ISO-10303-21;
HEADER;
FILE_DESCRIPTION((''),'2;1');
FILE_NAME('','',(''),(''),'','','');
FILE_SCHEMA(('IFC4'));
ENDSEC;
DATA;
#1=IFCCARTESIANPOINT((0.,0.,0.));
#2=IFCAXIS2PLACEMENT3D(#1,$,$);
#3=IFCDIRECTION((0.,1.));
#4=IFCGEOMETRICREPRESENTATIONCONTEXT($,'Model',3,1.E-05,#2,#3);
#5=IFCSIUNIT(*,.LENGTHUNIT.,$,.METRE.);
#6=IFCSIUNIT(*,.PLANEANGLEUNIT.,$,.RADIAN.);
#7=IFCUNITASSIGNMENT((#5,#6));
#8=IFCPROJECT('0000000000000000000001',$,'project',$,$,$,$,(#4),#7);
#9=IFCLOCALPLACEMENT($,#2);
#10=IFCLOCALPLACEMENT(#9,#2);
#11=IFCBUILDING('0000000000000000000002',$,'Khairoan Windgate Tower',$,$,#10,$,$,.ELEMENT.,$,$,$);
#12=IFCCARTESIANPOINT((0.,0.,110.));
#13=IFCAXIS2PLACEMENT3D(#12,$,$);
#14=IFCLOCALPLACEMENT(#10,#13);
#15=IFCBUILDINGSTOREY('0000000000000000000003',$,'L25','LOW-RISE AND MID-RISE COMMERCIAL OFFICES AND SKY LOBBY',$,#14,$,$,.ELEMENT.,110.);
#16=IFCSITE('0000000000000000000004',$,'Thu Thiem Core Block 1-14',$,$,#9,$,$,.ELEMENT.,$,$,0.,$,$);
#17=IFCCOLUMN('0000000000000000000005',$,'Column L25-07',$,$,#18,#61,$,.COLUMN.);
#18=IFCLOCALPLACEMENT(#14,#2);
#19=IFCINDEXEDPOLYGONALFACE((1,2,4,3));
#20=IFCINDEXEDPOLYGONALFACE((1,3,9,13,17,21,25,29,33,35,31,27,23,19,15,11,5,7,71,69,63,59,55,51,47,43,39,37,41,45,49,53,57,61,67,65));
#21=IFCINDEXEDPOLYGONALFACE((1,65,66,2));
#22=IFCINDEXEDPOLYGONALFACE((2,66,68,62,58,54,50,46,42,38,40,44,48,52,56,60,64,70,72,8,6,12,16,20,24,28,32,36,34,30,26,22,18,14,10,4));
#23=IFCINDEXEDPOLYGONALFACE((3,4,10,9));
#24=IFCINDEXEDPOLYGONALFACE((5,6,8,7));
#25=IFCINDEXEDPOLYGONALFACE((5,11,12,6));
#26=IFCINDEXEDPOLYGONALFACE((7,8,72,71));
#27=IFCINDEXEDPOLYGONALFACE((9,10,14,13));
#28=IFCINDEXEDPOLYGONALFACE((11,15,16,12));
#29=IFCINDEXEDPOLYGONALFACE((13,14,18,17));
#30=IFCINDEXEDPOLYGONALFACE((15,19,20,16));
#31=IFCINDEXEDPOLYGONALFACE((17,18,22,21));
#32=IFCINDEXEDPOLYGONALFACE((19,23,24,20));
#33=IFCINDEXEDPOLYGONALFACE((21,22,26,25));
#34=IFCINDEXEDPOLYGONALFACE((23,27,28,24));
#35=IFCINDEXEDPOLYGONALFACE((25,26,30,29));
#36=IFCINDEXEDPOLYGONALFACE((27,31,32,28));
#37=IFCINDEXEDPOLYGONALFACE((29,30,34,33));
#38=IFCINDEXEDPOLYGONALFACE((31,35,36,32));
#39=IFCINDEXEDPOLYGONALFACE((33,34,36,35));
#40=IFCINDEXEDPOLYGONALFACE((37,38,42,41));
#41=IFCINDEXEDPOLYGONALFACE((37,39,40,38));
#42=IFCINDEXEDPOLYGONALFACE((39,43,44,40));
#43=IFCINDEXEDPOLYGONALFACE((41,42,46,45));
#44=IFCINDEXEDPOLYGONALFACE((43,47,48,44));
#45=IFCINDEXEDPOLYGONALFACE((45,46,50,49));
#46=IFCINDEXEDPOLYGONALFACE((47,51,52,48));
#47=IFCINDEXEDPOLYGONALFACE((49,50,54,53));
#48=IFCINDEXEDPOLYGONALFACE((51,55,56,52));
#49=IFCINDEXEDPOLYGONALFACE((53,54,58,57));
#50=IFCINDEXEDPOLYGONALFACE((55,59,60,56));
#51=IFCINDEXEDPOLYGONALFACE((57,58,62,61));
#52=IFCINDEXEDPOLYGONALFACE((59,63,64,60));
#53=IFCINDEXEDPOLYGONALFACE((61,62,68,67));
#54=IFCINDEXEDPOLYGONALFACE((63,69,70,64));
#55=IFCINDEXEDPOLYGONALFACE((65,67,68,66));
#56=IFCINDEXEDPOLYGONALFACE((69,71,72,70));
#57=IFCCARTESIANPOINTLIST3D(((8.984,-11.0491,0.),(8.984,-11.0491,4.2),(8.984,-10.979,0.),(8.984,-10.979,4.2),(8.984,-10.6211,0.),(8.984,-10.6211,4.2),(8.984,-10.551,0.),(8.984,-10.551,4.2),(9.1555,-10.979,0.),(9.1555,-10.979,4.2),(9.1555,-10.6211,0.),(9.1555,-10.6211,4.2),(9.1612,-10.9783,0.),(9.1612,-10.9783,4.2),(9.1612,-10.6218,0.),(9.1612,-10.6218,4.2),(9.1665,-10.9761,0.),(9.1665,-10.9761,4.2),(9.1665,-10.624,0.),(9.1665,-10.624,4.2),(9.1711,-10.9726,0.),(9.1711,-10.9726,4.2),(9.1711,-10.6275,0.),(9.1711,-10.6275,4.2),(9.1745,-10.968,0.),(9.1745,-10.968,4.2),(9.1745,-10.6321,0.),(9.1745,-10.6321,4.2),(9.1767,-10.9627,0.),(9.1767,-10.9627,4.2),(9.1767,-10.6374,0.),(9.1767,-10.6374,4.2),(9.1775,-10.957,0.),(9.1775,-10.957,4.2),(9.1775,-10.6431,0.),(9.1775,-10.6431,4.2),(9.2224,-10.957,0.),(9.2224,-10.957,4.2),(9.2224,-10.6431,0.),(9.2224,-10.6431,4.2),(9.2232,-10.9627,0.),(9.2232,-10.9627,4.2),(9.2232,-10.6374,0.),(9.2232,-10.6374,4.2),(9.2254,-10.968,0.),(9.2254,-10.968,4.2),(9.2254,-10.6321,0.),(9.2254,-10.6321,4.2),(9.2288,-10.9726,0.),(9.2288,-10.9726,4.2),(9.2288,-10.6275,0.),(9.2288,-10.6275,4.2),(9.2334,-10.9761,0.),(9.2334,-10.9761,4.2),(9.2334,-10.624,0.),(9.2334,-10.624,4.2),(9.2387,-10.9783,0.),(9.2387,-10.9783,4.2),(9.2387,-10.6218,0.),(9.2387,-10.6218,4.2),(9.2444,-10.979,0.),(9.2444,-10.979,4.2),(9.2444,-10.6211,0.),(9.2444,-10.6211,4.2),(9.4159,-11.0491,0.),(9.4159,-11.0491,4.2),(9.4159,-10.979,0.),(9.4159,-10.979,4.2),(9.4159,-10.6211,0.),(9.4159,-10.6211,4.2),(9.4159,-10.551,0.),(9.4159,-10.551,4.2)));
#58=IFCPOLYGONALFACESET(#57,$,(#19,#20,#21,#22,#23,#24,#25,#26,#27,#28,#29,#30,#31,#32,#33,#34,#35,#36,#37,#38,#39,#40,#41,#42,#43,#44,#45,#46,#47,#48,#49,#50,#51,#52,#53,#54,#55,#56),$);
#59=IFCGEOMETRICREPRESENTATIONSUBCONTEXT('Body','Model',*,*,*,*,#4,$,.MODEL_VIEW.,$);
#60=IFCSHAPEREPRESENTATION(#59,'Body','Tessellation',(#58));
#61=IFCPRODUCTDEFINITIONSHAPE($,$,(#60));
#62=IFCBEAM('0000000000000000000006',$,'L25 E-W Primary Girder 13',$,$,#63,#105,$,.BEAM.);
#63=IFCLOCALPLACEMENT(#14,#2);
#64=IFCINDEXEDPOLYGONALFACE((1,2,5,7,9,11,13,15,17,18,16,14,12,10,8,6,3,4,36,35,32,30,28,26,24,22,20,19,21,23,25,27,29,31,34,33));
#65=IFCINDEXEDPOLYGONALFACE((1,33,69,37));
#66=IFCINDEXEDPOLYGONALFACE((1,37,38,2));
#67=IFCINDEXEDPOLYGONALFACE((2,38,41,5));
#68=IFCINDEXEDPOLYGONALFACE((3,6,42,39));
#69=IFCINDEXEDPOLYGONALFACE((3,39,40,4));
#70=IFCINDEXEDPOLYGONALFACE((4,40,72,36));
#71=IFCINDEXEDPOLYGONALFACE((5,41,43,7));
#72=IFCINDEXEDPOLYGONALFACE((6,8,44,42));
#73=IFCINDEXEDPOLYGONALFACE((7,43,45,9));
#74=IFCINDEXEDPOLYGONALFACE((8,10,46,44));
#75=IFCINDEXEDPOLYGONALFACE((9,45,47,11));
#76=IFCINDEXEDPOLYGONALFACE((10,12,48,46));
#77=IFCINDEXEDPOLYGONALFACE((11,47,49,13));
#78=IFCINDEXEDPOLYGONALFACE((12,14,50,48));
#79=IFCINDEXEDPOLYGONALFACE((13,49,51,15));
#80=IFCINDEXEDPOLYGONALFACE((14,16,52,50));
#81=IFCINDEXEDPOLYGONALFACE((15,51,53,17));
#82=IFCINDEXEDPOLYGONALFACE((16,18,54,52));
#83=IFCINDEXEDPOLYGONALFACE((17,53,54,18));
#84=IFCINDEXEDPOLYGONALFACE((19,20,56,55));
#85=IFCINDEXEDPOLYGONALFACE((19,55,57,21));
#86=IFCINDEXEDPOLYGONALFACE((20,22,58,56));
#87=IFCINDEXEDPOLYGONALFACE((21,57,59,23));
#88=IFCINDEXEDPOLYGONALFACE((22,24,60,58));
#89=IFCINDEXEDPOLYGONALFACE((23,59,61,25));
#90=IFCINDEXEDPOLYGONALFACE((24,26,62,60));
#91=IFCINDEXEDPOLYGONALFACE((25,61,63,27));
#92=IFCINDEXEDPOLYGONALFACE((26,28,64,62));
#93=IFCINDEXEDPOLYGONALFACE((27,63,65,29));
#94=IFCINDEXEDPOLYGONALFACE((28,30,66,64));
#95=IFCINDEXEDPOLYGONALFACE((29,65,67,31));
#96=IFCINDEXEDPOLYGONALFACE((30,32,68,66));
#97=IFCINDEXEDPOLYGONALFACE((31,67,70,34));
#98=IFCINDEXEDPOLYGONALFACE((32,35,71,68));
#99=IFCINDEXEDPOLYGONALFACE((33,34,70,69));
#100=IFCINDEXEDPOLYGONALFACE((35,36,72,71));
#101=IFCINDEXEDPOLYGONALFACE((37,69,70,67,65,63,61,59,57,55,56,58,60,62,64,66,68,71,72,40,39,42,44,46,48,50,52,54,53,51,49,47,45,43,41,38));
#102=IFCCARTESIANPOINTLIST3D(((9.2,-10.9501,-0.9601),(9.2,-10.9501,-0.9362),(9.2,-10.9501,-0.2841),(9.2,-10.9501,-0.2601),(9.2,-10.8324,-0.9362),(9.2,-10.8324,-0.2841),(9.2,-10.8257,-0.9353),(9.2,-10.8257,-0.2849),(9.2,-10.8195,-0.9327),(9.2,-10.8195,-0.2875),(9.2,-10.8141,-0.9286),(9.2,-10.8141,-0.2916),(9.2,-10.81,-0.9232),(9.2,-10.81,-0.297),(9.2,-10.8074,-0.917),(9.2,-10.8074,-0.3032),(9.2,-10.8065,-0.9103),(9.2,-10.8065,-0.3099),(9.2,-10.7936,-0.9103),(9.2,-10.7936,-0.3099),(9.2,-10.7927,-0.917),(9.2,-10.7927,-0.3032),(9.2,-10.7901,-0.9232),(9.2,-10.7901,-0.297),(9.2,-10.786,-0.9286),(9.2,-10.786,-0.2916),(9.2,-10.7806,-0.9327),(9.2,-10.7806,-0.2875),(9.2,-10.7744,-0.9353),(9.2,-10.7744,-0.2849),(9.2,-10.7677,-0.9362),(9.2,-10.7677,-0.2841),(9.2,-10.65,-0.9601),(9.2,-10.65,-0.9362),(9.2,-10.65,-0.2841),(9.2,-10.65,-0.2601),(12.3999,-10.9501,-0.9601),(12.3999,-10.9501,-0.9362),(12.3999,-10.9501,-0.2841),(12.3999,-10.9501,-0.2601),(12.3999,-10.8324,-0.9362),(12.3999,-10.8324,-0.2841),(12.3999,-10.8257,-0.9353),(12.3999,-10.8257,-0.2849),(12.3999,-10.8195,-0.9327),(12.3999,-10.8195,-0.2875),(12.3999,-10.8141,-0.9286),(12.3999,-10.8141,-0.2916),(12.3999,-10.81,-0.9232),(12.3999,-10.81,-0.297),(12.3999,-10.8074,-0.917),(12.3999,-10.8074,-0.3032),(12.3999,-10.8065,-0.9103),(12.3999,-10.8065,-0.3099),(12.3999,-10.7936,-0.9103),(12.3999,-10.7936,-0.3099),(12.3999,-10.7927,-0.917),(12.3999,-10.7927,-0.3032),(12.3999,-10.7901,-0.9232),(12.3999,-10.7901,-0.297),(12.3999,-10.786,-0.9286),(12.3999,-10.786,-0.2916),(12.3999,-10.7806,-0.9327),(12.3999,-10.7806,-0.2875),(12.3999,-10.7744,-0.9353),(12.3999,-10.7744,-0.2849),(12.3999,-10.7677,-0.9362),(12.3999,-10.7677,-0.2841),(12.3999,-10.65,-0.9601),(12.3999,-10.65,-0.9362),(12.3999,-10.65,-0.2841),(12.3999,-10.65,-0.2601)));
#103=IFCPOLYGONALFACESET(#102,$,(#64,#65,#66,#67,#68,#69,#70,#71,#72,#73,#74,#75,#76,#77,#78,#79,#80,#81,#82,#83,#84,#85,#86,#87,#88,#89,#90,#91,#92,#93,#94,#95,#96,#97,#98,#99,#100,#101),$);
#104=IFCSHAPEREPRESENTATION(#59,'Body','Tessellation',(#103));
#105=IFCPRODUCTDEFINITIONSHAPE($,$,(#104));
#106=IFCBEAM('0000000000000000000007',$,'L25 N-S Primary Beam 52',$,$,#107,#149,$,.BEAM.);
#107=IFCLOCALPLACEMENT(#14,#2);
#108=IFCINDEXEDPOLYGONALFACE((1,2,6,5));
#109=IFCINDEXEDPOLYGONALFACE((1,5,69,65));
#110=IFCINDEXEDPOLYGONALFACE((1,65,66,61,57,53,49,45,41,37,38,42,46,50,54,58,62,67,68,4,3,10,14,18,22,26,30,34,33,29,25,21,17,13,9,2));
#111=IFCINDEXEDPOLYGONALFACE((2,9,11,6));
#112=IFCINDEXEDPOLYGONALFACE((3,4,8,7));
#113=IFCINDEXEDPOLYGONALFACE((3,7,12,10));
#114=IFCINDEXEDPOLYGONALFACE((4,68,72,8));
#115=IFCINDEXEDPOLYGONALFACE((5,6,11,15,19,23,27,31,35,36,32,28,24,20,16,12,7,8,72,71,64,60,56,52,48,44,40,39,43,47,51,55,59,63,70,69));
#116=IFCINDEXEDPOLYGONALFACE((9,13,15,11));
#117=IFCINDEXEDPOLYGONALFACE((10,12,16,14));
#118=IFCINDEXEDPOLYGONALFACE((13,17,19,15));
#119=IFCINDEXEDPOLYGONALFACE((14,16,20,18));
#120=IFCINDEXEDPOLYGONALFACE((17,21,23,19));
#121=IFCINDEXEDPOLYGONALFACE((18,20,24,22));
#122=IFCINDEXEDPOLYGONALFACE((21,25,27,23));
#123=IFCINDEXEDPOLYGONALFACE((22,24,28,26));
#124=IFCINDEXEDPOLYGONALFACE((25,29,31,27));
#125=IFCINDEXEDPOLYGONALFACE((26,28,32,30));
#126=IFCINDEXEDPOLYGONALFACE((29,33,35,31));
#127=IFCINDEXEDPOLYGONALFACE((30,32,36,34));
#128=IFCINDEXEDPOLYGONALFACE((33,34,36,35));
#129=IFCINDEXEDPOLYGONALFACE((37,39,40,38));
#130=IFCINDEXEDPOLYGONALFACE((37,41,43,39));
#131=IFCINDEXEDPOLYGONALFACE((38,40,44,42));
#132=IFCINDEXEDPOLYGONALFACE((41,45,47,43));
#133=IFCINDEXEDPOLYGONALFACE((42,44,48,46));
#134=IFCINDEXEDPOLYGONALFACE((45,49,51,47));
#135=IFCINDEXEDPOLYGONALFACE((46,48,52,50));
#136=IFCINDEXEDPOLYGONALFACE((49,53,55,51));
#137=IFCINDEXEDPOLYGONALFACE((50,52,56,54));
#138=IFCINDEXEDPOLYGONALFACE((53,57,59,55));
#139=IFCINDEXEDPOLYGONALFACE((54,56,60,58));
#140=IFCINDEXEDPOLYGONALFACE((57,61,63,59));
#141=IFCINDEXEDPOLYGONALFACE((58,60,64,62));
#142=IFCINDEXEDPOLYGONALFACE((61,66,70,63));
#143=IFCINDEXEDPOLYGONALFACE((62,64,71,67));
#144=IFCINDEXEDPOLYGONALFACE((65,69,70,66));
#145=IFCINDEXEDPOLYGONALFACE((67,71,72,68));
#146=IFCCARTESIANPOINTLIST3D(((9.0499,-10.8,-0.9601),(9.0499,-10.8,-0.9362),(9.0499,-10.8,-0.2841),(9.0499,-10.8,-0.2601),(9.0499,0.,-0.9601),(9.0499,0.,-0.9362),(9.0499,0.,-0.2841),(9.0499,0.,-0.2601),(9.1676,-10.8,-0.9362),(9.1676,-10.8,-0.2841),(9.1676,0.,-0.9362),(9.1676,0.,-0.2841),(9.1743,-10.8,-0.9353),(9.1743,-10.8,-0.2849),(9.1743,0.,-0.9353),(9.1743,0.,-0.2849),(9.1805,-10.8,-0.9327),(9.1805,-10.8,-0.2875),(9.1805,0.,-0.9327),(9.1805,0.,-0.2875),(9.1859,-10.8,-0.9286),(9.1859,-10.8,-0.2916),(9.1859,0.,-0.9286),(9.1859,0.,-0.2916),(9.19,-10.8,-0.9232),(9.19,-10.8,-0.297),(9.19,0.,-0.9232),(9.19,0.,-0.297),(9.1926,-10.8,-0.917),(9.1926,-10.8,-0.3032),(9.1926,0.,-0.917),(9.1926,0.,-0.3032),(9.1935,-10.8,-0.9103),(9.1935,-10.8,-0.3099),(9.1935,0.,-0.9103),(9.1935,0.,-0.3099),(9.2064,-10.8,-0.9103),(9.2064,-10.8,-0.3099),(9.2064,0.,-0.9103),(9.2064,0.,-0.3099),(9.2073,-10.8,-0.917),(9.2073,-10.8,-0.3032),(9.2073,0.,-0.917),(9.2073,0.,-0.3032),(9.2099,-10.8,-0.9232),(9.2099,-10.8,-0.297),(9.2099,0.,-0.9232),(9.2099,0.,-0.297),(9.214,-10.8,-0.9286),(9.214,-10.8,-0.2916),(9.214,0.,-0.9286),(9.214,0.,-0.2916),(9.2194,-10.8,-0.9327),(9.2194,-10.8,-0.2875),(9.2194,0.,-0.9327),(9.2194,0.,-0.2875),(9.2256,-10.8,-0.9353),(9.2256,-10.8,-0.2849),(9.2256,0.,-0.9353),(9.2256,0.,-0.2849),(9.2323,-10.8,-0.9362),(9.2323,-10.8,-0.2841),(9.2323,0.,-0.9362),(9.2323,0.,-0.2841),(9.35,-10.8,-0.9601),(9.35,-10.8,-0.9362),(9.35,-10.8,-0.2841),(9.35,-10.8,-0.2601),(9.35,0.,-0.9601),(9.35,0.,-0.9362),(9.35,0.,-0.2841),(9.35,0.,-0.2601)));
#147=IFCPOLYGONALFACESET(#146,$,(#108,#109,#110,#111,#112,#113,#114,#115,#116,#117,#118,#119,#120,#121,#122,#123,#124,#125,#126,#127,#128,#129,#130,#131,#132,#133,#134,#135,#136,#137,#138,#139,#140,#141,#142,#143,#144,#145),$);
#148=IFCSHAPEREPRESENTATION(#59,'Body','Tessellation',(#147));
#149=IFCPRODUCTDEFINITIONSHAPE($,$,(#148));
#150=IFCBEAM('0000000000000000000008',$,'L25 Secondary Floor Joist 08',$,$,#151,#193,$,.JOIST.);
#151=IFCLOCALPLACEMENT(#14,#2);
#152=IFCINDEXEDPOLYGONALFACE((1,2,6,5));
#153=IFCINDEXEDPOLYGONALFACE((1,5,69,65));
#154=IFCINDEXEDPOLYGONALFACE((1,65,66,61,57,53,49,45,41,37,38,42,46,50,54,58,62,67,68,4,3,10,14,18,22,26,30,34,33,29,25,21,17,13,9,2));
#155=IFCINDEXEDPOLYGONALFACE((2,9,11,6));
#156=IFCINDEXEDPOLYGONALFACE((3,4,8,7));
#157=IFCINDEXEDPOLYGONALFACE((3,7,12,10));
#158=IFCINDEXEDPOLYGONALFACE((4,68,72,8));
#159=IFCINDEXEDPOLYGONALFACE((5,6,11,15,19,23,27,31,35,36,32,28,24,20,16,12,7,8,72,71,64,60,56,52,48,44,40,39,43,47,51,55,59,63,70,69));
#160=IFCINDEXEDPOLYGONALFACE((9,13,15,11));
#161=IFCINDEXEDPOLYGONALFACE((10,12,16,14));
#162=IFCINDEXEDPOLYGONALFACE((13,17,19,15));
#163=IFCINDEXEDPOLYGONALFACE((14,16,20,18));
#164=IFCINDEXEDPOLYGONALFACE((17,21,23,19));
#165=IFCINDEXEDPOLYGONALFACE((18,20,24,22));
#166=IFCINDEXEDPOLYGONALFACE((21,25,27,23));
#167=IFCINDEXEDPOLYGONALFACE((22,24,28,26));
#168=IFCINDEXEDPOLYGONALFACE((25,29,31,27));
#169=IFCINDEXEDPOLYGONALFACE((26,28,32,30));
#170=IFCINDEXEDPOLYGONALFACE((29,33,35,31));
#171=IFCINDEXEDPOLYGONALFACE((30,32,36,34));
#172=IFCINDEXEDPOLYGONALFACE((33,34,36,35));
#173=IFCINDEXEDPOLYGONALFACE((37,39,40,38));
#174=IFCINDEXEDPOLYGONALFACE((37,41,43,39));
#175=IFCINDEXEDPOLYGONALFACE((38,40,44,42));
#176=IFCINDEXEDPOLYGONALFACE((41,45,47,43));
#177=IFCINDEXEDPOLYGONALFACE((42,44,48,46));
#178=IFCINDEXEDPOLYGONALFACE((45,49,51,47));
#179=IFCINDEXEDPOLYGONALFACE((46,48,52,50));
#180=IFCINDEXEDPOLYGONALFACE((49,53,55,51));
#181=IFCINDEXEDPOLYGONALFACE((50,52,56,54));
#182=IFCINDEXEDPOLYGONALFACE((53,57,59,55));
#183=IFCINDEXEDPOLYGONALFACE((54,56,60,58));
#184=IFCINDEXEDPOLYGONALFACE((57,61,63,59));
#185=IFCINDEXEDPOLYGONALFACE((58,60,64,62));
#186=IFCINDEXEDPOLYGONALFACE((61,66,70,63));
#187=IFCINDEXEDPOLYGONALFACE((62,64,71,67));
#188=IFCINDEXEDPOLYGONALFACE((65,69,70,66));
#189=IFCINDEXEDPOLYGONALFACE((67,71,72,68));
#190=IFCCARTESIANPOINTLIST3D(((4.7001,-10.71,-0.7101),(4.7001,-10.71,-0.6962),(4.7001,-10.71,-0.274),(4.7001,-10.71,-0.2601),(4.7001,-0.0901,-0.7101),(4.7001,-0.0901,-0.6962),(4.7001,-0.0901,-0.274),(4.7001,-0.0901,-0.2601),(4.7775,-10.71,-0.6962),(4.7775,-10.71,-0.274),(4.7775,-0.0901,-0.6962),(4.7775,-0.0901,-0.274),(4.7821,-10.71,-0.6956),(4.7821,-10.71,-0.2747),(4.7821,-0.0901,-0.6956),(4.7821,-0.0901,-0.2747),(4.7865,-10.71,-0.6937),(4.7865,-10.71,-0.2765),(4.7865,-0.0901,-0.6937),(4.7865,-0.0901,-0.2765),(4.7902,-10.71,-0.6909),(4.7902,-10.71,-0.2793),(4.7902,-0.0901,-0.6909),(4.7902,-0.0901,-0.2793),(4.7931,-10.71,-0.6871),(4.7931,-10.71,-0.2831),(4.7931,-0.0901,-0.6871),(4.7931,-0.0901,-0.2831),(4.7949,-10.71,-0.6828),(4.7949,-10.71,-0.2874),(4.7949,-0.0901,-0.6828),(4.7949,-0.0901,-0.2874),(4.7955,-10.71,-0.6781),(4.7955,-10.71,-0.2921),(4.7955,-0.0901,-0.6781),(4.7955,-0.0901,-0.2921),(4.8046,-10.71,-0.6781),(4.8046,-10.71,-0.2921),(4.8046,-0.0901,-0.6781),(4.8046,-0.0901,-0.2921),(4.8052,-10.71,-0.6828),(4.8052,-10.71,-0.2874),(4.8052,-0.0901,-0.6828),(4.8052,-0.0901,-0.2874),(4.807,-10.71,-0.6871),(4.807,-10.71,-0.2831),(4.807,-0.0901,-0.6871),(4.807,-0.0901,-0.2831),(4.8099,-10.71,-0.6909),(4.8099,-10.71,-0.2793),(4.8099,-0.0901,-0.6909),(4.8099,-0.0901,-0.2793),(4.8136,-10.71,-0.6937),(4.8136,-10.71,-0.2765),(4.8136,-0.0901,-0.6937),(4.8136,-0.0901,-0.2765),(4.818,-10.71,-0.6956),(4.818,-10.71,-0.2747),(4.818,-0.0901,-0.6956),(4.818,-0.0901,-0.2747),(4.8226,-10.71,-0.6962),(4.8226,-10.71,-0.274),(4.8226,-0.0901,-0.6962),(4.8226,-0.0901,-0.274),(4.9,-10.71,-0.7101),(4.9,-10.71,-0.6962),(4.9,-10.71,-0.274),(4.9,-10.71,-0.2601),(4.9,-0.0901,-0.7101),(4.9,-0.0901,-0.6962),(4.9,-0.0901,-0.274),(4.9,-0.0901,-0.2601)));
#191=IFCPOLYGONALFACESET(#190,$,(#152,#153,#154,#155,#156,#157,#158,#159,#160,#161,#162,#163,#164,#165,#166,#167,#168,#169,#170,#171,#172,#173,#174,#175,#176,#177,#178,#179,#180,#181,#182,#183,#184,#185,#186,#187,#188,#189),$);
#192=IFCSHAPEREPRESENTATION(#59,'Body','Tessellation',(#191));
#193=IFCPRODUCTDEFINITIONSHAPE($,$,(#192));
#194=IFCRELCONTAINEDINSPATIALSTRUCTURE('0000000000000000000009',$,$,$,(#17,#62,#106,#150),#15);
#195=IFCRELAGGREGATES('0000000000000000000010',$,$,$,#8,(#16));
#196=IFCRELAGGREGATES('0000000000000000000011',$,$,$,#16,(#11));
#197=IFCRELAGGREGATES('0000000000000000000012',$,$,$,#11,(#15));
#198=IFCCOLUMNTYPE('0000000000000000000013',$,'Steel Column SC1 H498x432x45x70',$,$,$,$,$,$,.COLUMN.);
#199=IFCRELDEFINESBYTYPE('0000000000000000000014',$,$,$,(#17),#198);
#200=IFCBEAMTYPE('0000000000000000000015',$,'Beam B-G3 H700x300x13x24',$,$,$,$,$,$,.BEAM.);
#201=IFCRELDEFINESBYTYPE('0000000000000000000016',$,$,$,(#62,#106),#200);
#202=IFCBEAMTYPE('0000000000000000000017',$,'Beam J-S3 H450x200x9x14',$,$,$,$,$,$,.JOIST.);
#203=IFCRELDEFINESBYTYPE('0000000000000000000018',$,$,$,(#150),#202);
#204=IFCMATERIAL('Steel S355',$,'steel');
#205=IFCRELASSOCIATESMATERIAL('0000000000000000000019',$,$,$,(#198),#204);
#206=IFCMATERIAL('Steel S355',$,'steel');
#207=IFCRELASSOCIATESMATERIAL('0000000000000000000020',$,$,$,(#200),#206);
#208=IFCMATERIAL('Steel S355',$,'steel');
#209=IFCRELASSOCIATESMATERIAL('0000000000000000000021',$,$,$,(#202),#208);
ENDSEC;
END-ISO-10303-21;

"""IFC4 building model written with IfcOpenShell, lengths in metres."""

from ifc_helpers import new_model, si_unit, direction, frame, origin, origin_2d, place, context, subcontext, project, spatial, i_section, extrude, material, material_profile, profile_set, type_object, element, save


model = new_model("IFC4")

# Units and contexts
model_context = context("Model", 3, precision=1e-05, world=origin(), true_north=direction((0.0, 1.0)))
body_context = subcontext(model_context, "Body", "Model", "MODEL_VIEW")
ifc_project = project(units=[si_unit("LENGTHUNIT", "METRE"), si_unit("PLANEANGLEUNIT", "RADIAN")], contexts=[model_context])

# Site, building, storey
site_placement = place(None, origin())
site = spatial("IfcSite", under=ifc_project, at=site_placement, Name="Thu Thiem Core Block 1-14", CompositionType="ELEMENT", RefElevation=0.0)
building_placement = place(site_placement, origin())
building = spatial("IfcBuilding", under=site, at=building_placement, Name="Khairoan Windgate Tower", CompositionType="ELEMENT")
storey_placement = place(building_placement, frame((0.0, 0.0, 110.0)))
storey = spatial("IfcBuildingStorey", under=building, at=storey_placement, Name="L25", Description="LOW-RISE AND MID-RISE COMMERCIAL OFFICES AND SKY LOBBY", CompositionType="ELEMENT", Elevation=110.0)

# Column
ifc_material_1 = material(Name="Steel S355", Category="steel")
ifc_material_profile_1 = material_profile(ifc_material_1, i_section(OverallWidth=0.4319, OverallDepth=0.498, WebThickness=0.0449, FlangeThickness=0.0701, FilletRadius=0.022, at=origin_2d()))
ifc_profile_set_1 = profile_set([ifc_material_profile_1], Name="Steel S355")
column_type = type_object("IfcColumnType", Name="Steel Column SC1 H498x432x45x70", PredefinedType="COLUMN", material=ifc_profile_set_1)
column_placement = place(storey_placement, frame((9.2, -10.8, 0.0), z_axis=(0.0, 0.0, 1.0), x_axis=(1.0, 0.0, 0.0)))
element("IfcColumn", 1, at=column_placement, inside=storey, type_object=column_type, Name="Column L25-07", PredefinedType="COLUMN", context=body_context, shape_type="SweptSolid", body=[
    extrude(i_section(OverallWidth=0.4319, OverallDepth=0.498, WebThickness=0.0449, FlangeThickness=0.0701, FilletRadius=0.022, at=origin_2d()), origin(), (0.0, 0.0, 1.0), 4.2),
])

# Beams
ifc_material_2 = material(Name="Steel S355", Category="steel")
ifc_material_profile_2 = material_profile(ifc_material_2, i_section(OverallWidth=0.3, OverallDepth=0.7, WebThickness=0.0129, FlangeThickness=0.0239, FilletRadius=0.0259, at=origin_2d()))
ifc_profile_set_2 = profile_set([ifc_material_profile_2], Name="Steel S355")
beam_type_1 = type_object("IfcBeamType", Name="Beam B-G3 H700x300x13x24", PredefinedType="BEAM", material=ifc_profile_set_2)
beam_1_placement = place(storey_placement, frame((9.2, -10.8, -0.6101), z_axis=(1.0, 0.0, 0.0), x_axis=(0.0, 1.0, 0.0)))
element("IfcBeam", 2, at=beam_1_placement, inside=storey, type_object=beam_type_1, Name="L25 E-W Primary Girder 13", PredefinedType="BEAM", context=body_context, shape_type="SweptSolid", body=[
    extrude(i_section(OverallWidth=0.3, OverallDepth=0.7, WebThickness=0.0129, FlangeThickness=0.0239, FilletRadius=0.0259, at=origin_2d()), origin(), (0.0, 0.0, 1.0), 3.2),
])
beam_2_placement = place(storey_placement, frame((9.2, -10.8, -0.6101), z_axis=(0.0, 1.0, 0.0), x_axis=(-1.0, 0.0, 0.0)))
element("IfcBeam", 3, at=beam_2_placement, inside=storey, type_object=beam_type_1, Name="L25 N-S Primary Beam 52", PredefinedType="BEAM", context=body_context, shape_type="SweptSolid", body=[
    extrude(i_section(OverallWidth=0.3, OverallDepth=0.7, WebThickness=0.0129, FlangeThickness=0.0239, FilletRadius=0.0259, at=origin_2d()), origin(), (0.0, 0.0, 1.0), 10.8),
])
ifc_material_3 = material(Name="Steel S355", Category="steel")
ifc_material_profile_3 = material_profile(ifc_material_3, i_section(OverallWidth=0.2, OverallDepth=0.45, WebThickness=0.009, FlangeThickness=0.0139, FilletRadius=0.0181, at=origin_2d()))
ifc_profile_set_3 = profile_set([ifc_material_profile_3], Name="Steel S355")
beam_type_2 = type_object("IfcBeamType", Name="Beam J-S3 H450x200x9x14", PredefinedType="JOIST", material=ifc_profile_set_3)
beam_3_placement = place(storey_placement, frame((4.8, -10.71, -0.4851), z_axis=(0.0, 1.0, 0.0), x_axis=(-1.0, 0.0, 0.0)))
element("IfcBeam", 4, at=beam_3_placement, inside=storey, type_object=beam_type_2, Name="L25 Secondary Floor Joist 08", PredefinedType="JOIST", context=body_context, shape_type="SweptSolid", body=[
    extrude(i_section(OverallWidth=0.2, OverallDepth=0.45, WebThickness=0.009, FlangeThickness=0.0139, FilletRadius=0.0181, at=origin_2d()), origin(), (0.0, 0.0, 1.0), 10.6199),
])

save(model, "model.ifc")
